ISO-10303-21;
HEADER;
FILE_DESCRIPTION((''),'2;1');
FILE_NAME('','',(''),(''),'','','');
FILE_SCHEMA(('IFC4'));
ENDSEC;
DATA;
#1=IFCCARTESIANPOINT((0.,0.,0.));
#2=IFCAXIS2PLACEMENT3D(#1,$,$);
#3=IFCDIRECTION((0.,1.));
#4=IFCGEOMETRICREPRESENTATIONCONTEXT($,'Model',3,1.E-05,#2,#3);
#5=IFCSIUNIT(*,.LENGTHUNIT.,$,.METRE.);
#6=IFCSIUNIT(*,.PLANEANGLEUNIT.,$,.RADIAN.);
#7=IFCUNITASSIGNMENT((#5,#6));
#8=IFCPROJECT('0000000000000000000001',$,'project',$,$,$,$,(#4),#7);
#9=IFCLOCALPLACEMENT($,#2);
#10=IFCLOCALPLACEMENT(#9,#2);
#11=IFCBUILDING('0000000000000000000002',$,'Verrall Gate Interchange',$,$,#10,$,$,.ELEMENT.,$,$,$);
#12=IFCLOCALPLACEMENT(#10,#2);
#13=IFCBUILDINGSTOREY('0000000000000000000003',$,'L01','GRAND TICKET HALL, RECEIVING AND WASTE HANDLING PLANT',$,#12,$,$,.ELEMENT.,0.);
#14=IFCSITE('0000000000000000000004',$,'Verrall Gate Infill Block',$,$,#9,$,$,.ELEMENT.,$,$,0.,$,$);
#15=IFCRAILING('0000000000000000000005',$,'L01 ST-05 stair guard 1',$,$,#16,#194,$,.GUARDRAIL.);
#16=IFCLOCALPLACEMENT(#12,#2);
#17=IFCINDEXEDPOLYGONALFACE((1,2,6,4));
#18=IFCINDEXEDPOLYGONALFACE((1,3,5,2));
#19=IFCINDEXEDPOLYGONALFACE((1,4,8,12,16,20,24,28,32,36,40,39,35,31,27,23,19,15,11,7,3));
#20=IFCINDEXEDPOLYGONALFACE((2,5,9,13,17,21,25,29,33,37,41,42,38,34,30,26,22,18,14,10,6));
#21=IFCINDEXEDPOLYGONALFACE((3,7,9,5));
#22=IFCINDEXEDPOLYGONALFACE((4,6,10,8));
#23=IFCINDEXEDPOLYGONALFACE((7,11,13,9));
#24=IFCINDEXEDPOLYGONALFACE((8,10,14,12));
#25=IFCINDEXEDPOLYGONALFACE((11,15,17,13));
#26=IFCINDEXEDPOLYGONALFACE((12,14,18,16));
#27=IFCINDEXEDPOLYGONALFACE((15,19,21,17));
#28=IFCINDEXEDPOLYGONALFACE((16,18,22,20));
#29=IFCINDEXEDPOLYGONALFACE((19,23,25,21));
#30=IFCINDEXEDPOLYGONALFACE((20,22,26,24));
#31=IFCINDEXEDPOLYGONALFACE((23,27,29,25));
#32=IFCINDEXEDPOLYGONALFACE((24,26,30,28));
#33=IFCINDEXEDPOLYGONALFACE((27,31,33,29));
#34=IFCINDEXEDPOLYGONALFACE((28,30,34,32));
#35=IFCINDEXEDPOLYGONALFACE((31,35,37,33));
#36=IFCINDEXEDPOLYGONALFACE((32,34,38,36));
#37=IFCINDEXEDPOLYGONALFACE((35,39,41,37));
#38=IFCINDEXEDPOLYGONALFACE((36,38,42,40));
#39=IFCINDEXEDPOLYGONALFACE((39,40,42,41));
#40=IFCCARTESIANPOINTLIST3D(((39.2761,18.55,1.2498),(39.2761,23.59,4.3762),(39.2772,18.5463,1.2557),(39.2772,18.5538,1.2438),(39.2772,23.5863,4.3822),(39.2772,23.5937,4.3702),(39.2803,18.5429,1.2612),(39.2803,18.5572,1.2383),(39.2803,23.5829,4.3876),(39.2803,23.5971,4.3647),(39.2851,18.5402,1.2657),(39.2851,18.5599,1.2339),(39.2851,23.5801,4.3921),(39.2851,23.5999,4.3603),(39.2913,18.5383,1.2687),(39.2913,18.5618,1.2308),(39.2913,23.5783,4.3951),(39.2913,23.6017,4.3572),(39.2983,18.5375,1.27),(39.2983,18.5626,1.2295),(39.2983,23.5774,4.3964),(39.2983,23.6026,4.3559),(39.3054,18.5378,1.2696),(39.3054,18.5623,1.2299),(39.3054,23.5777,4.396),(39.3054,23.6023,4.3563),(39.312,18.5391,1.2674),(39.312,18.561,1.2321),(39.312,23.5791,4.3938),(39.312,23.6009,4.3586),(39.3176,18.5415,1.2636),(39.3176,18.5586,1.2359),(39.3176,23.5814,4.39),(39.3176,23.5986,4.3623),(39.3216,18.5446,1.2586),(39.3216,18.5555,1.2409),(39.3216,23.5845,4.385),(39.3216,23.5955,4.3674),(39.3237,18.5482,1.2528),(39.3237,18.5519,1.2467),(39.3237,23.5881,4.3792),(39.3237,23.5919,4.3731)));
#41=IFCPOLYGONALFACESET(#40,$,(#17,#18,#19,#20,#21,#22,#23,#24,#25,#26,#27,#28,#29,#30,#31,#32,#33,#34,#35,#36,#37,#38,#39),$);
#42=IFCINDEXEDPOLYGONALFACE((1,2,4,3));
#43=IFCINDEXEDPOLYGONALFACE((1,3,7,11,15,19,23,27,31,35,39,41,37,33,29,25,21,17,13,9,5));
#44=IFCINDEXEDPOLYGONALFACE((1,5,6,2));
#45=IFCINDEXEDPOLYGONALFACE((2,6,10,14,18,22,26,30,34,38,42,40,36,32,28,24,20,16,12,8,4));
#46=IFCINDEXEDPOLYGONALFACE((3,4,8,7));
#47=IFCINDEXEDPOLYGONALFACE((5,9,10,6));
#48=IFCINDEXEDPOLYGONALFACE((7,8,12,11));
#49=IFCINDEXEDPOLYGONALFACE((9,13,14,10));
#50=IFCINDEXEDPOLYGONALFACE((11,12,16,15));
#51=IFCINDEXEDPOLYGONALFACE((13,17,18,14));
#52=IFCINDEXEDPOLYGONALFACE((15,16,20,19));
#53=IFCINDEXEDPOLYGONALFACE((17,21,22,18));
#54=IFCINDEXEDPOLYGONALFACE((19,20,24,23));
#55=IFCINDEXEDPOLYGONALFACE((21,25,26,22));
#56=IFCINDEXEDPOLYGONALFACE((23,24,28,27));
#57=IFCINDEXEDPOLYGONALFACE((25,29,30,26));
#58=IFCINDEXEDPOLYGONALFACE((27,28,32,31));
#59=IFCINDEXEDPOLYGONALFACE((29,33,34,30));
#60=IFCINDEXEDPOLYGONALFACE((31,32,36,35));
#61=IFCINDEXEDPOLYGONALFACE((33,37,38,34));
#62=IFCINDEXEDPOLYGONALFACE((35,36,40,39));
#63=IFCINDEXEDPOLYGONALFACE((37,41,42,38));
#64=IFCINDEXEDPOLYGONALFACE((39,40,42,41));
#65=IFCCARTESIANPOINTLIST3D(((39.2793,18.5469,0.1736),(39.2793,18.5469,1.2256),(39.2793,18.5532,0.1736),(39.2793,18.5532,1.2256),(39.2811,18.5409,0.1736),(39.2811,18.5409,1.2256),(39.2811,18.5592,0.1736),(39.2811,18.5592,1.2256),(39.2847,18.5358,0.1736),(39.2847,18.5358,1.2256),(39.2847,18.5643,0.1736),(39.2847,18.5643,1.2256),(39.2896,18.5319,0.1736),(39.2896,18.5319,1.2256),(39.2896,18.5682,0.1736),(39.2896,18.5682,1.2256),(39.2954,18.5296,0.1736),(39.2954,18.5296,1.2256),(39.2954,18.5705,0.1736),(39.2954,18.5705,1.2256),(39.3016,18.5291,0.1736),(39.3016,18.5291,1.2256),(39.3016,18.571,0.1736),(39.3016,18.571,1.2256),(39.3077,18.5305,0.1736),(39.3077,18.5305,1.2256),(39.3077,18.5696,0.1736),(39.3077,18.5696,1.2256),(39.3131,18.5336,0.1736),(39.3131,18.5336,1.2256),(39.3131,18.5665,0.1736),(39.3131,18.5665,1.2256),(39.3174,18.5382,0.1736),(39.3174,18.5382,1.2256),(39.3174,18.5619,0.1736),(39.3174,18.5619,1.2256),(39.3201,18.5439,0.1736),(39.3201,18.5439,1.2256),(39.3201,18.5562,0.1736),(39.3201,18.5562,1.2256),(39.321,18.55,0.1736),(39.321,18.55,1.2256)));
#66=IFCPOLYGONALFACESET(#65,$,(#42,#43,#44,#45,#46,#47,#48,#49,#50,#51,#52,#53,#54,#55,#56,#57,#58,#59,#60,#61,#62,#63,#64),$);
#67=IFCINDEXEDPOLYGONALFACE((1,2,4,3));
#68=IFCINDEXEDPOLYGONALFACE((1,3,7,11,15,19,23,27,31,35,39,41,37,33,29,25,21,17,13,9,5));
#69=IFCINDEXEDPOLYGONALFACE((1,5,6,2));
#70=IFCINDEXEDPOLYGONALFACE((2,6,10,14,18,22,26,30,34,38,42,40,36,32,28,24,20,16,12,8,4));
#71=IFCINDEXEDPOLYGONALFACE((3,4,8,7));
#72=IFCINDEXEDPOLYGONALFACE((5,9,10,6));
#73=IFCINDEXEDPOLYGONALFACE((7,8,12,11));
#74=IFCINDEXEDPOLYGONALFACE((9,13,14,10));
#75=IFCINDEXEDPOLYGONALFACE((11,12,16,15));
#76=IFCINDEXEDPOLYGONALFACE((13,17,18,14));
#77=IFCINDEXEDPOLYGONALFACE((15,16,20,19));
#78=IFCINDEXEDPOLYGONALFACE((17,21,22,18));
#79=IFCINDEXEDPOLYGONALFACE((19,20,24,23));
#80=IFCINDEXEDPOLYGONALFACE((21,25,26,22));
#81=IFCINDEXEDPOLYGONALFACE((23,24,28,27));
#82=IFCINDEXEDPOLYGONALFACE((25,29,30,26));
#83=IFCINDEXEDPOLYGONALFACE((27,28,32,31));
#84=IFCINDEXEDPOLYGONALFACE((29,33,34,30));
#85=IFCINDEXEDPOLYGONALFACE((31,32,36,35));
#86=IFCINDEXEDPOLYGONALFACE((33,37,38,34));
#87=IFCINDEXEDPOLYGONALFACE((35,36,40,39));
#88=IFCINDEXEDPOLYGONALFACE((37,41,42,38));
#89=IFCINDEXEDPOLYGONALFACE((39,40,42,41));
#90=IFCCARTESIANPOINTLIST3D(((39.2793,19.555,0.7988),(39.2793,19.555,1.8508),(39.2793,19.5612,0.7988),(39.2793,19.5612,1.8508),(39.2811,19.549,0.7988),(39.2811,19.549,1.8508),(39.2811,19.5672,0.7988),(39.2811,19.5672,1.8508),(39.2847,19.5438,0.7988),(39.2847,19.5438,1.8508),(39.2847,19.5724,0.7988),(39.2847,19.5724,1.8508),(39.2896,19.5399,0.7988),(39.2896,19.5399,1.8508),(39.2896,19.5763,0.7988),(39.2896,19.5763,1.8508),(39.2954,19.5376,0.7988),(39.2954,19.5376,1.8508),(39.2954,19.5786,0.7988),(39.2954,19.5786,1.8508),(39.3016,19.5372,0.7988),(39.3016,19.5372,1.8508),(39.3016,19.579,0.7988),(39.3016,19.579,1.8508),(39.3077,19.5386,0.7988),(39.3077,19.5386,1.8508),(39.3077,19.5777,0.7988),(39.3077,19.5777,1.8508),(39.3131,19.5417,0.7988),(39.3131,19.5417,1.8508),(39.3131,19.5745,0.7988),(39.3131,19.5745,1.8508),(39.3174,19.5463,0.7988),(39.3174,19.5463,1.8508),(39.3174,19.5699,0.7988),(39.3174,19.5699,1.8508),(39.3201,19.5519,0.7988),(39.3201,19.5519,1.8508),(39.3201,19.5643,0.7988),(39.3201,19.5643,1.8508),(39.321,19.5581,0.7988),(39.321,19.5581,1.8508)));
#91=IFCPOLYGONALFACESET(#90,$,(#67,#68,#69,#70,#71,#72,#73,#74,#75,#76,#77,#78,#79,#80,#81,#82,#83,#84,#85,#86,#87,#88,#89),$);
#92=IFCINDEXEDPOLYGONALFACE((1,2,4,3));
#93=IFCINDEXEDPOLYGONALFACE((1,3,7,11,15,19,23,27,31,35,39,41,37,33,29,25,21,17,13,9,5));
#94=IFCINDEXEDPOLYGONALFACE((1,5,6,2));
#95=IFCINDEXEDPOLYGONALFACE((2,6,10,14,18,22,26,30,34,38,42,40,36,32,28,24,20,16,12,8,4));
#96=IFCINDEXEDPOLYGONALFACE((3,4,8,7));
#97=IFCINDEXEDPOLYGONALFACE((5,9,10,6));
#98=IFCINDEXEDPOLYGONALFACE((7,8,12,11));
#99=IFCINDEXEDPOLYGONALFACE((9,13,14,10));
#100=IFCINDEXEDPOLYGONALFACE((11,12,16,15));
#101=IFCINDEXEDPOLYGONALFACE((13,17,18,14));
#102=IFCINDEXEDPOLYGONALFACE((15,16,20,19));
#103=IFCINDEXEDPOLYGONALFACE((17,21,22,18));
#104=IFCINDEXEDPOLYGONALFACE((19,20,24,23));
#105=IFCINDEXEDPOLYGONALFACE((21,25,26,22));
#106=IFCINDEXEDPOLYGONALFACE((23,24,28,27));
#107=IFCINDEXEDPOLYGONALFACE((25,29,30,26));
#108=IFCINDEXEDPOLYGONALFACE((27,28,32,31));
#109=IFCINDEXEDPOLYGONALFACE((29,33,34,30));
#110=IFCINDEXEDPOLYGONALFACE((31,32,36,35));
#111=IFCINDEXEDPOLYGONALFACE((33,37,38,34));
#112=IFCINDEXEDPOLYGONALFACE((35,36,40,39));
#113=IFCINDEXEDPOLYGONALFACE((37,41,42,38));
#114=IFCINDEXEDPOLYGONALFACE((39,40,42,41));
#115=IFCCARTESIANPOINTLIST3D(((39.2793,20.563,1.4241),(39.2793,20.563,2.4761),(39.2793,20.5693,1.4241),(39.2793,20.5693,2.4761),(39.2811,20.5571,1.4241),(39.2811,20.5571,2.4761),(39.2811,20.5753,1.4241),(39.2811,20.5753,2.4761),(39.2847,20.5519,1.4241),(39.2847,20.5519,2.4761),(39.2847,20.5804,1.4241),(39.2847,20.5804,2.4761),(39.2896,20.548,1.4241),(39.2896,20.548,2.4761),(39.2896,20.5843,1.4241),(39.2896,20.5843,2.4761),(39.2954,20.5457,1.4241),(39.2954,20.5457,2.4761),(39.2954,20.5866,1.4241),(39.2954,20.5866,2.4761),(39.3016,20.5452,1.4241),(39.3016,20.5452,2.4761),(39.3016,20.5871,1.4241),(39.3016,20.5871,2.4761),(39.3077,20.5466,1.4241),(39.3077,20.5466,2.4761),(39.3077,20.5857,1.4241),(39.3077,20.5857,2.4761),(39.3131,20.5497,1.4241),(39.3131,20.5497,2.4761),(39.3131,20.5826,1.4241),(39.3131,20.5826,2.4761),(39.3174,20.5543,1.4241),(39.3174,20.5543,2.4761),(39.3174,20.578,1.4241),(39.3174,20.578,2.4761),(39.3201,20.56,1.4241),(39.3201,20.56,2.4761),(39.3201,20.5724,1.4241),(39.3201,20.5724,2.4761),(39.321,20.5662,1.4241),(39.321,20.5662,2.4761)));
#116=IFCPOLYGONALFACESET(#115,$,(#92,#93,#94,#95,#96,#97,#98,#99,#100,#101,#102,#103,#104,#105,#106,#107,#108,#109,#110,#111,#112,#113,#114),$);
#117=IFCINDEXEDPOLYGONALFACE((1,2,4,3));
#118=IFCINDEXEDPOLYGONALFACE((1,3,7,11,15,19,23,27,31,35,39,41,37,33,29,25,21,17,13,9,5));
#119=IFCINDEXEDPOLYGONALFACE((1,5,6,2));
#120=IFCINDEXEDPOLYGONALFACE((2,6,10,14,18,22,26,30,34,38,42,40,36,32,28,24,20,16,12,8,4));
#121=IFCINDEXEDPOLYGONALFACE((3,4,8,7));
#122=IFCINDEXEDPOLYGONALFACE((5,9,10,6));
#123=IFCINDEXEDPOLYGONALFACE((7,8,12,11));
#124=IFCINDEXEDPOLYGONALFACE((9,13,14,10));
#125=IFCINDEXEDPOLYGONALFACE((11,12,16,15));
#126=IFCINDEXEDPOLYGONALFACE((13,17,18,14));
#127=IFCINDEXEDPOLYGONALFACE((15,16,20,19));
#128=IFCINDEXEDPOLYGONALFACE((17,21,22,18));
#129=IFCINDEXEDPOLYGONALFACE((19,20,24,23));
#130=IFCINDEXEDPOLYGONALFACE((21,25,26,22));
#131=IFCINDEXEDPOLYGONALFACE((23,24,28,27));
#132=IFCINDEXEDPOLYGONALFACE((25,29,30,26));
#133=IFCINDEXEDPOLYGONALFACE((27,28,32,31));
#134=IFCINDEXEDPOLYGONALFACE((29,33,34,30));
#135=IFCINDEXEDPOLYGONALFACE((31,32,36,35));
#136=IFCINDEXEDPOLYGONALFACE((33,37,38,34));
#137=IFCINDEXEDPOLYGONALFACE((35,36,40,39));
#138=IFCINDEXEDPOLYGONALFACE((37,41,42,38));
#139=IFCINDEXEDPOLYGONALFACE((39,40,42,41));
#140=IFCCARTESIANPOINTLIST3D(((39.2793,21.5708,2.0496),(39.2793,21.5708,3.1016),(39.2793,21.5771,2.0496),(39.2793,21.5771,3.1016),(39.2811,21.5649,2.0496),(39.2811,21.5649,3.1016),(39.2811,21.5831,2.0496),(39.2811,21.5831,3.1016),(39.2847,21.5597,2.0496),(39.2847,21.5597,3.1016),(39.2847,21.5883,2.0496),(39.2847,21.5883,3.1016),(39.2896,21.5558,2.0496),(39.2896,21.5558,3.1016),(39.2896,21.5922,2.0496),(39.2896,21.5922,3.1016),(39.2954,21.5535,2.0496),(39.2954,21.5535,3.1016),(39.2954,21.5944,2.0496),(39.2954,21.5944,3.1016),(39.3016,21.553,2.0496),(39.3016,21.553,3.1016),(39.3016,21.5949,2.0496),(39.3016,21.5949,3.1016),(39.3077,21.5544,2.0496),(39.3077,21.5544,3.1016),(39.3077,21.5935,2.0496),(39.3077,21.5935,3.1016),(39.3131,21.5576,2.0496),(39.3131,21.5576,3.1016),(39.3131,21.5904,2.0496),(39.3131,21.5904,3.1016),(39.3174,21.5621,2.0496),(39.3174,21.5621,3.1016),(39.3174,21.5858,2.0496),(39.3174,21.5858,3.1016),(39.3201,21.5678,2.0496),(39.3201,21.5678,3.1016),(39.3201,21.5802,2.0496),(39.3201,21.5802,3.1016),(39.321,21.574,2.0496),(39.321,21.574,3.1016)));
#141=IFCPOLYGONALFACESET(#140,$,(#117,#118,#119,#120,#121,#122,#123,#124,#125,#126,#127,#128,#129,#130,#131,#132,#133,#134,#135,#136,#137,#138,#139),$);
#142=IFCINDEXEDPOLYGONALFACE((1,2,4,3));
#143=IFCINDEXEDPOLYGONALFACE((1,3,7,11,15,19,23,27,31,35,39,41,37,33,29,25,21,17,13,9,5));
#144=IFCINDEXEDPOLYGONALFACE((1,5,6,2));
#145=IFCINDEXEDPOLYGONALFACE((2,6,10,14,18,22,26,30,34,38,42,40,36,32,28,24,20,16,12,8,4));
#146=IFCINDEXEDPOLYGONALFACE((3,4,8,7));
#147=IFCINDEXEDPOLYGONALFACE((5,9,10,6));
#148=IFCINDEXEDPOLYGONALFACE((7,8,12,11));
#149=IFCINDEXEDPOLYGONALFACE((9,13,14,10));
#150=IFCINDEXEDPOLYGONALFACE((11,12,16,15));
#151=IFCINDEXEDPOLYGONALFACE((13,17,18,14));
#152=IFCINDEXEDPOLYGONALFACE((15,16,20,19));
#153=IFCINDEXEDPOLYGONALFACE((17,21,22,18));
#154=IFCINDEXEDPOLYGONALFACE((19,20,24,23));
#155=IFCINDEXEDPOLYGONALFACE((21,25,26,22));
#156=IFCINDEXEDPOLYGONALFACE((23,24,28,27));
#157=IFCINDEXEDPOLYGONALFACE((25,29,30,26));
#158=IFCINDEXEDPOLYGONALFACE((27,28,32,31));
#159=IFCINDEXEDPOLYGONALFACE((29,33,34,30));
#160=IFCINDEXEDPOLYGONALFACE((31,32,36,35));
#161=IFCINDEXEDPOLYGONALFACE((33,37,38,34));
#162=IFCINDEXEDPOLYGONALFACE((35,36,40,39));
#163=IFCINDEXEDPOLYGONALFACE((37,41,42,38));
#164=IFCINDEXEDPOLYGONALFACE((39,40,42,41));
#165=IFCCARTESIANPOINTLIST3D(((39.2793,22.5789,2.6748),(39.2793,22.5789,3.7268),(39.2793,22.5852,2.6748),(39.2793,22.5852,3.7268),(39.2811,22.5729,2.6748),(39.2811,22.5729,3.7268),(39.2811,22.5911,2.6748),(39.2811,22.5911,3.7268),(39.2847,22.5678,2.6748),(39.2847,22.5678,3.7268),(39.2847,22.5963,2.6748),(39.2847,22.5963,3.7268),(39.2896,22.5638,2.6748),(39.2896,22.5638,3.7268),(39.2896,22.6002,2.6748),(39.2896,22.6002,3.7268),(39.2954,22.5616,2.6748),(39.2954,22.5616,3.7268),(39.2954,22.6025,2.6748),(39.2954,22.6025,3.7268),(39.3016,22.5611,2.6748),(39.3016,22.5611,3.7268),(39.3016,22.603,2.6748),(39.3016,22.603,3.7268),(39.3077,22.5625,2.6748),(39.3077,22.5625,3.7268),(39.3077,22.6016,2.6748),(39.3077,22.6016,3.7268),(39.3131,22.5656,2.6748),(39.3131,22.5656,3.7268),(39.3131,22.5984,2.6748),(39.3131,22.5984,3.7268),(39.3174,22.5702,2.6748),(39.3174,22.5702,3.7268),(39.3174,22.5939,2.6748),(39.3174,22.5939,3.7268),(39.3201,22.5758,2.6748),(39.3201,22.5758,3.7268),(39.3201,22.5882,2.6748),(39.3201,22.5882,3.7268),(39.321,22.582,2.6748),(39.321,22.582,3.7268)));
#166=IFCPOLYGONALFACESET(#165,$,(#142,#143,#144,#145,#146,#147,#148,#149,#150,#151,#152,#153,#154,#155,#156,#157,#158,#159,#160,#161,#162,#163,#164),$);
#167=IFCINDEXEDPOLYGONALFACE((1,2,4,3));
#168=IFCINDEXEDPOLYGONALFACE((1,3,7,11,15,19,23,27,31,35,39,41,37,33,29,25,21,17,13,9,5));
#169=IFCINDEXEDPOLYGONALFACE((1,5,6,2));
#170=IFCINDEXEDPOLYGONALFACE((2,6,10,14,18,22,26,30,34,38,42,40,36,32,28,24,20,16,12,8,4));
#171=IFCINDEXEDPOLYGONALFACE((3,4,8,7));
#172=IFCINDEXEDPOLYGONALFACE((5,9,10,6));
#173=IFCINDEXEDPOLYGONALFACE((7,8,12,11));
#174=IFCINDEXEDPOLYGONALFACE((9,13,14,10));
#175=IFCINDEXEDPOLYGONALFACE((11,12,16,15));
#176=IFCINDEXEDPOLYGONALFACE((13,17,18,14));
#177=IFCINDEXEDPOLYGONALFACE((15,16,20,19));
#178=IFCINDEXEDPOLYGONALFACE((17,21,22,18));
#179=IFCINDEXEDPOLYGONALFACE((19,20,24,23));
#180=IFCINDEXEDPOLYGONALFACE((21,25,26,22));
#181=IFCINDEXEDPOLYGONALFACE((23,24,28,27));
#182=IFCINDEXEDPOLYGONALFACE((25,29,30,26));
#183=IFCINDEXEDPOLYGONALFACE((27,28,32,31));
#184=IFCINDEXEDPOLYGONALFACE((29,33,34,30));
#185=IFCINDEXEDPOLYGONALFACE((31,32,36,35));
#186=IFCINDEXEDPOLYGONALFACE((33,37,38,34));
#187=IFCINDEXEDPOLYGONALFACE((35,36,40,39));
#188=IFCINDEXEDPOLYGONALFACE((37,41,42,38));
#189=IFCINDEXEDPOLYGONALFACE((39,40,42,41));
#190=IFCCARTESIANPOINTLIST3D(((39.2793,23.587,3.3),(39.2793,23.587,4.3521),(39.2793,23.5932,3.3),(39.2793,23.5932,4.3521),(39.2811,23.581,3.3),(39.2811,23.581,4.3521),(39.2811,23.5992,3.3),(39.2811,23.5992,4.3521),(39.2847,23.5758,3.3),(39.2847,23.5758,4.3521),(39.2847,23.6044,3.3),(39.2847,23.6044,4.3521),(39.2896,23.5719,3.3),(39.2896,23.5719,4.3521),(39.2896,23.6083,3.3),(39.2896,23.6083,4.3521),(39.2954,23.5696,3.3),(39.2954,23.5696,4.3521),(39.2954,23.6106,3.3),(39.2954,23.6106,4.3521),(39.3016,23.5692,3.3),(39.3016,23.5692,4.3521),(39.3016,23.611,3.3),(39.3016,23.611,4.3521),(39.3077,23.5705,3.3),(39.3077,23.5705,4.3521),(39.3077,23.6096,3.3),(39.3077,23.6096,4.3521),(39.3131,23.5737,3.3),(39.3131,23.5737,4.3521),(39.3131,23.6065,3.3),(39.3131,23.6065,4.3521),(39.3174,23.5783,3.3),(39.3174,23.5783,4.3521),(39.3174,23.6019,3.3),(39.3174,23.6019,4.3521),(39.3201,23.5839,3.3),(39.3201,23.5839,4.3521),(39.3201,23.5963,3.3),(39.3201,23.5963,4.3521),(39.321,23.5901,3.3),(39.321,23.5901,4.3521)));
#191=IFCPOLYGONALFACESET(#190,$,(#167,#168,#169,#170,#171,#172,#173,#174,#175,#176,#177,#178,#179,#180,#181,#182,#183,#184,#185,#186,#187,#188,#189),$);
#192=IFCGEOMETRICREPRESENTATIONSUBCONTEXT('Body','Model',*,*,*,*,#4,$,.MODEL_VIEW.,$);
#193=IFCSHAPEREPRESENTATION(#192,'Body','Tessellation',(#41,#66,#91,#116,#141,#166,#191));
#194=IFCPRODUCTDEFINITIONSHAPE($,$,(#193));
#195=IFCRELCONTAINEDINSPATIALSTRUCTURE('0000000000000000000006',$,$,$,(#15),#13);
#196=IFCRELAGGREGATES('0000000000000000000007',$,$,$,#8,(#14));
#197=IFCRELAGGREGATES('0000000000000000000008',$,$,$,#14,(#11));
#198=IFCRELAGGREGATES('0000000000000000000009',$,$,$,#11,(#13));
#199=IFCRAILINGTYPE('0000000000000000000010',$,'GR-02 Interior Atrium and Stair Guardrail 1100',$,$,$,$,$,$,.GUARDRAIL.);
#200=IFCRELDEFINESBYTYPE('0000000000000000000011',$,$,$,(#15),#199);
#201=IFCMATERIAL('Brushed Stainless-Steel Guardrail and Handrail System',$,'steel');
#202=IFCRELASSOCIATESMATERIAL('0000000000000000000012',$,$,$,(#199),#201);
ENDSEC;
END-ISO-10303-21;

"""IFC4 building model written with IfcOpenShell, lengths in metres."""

from ifc_helpers import new_model, si_unit, direction, frame, origin, origin_2d, place, context, subcontext, project, spatial, circle, extrude, material, type_object, element, save


model = new_model("IFC4")

# Units and contexts
model_context = context("Model", 3, precision=1e-05, world=origin(), true_north=direction((0.0, 1.0)))
body_context = subcontext(model_context, "Body", "Model", "MODEL_VIEW")
ifc_project = project(units=[si_unit("LENGTHUNIT", "METRE"), si_unit("PLANEANGLEUNIT", "RADIAN")], contexts=[model_context])

# Site, building, storey
site_placement = place(None, origin())
site = spatial("IfcSite", under=ifc_project, at=site_placement, Name="Verrall Gate Infill Block", CompositionType="ELEMENT", RefElevation=0.0)
building_placement = place(site_placement, origin())
building = spatial("IfcBuilding", under=site, at=building_placement, Name="Verrall Gate Interchange", CompositionType="ELEMENT")
storey_placement = place(building_placement, origin())
storey = spatial("IfcBuildingStorey", under=building, at=storey_placement, Name="L01", Description="GRAND TICKET HALL, RECEIVING AND WASTE HANDLING PLANT", CompositionType="ELEMENT", Elevation=0.0)

# Railing
ifc_material_1 = material(Name="Brushed Stainless-Steel Guardrail and Handrail System", Category="steel")
railing_type_1 = type_object("IfcRailingType", Name="GR-02 Interior Atrium and Stair Guardrail 1100", PredefinedType="GUARDRAIL", material=ifc_material_1)
railing_1_placement = place(storey_placement, frame((39.3, 18.55, 0.1736)))
element("IfcRailing", 1, at=railing_1_placement, inside=storey, type_object=railing_type_1, Name="L01 ST-05 stair guard 1", PredefinedType="GUARDRAIL", context=body_context, shape_type="SweptSolid", body=[
    extrude(circle(Radius=0.0239, at=origin_2d()), frame((0.0, 0.0, 1.0762), z_axis=(0.0, 0.849779, 0.527139), x_axis=(-1.0, 0.0, 0.0)), (0.0, 0.0, 1.0), 5.9309),
    extrude(circle(Radius=0.021, at=origin_2d()), origin(), (0.0, 0.0, 1.0), 1.052),
    extrude(circle(Radius=0.021, at=origin_2d()), frame((0.0, 1.0081, 0.6252)), (0.0, 0.0, 1.0), 1.052),
    extrude(circle(Radius=0.021, at=origin_2d()), frame((0.0, 2.0161, 1.2505)), (0.0, 0.0, 1.0), 1.052),
    extrude(circle(Radius=0.021, at=origin_2d()), frame((0.0, 3.0239, 1.876)), (0.0, 0.0, 1.0), 1.052),
    extrude(circle(Radius=0.021, at=origin_2d()), frame((0.0, 4.032, 2.5012)), (0.0, 0.0, 1.0), 1.052),
    extrude(circle(Radius=0.021, at=origin_2d()), frame((0.0, 5.04, 3.1265)), (0.0, 0.0, 1.0), 1.052),
])

save(model, "model.ifc")
